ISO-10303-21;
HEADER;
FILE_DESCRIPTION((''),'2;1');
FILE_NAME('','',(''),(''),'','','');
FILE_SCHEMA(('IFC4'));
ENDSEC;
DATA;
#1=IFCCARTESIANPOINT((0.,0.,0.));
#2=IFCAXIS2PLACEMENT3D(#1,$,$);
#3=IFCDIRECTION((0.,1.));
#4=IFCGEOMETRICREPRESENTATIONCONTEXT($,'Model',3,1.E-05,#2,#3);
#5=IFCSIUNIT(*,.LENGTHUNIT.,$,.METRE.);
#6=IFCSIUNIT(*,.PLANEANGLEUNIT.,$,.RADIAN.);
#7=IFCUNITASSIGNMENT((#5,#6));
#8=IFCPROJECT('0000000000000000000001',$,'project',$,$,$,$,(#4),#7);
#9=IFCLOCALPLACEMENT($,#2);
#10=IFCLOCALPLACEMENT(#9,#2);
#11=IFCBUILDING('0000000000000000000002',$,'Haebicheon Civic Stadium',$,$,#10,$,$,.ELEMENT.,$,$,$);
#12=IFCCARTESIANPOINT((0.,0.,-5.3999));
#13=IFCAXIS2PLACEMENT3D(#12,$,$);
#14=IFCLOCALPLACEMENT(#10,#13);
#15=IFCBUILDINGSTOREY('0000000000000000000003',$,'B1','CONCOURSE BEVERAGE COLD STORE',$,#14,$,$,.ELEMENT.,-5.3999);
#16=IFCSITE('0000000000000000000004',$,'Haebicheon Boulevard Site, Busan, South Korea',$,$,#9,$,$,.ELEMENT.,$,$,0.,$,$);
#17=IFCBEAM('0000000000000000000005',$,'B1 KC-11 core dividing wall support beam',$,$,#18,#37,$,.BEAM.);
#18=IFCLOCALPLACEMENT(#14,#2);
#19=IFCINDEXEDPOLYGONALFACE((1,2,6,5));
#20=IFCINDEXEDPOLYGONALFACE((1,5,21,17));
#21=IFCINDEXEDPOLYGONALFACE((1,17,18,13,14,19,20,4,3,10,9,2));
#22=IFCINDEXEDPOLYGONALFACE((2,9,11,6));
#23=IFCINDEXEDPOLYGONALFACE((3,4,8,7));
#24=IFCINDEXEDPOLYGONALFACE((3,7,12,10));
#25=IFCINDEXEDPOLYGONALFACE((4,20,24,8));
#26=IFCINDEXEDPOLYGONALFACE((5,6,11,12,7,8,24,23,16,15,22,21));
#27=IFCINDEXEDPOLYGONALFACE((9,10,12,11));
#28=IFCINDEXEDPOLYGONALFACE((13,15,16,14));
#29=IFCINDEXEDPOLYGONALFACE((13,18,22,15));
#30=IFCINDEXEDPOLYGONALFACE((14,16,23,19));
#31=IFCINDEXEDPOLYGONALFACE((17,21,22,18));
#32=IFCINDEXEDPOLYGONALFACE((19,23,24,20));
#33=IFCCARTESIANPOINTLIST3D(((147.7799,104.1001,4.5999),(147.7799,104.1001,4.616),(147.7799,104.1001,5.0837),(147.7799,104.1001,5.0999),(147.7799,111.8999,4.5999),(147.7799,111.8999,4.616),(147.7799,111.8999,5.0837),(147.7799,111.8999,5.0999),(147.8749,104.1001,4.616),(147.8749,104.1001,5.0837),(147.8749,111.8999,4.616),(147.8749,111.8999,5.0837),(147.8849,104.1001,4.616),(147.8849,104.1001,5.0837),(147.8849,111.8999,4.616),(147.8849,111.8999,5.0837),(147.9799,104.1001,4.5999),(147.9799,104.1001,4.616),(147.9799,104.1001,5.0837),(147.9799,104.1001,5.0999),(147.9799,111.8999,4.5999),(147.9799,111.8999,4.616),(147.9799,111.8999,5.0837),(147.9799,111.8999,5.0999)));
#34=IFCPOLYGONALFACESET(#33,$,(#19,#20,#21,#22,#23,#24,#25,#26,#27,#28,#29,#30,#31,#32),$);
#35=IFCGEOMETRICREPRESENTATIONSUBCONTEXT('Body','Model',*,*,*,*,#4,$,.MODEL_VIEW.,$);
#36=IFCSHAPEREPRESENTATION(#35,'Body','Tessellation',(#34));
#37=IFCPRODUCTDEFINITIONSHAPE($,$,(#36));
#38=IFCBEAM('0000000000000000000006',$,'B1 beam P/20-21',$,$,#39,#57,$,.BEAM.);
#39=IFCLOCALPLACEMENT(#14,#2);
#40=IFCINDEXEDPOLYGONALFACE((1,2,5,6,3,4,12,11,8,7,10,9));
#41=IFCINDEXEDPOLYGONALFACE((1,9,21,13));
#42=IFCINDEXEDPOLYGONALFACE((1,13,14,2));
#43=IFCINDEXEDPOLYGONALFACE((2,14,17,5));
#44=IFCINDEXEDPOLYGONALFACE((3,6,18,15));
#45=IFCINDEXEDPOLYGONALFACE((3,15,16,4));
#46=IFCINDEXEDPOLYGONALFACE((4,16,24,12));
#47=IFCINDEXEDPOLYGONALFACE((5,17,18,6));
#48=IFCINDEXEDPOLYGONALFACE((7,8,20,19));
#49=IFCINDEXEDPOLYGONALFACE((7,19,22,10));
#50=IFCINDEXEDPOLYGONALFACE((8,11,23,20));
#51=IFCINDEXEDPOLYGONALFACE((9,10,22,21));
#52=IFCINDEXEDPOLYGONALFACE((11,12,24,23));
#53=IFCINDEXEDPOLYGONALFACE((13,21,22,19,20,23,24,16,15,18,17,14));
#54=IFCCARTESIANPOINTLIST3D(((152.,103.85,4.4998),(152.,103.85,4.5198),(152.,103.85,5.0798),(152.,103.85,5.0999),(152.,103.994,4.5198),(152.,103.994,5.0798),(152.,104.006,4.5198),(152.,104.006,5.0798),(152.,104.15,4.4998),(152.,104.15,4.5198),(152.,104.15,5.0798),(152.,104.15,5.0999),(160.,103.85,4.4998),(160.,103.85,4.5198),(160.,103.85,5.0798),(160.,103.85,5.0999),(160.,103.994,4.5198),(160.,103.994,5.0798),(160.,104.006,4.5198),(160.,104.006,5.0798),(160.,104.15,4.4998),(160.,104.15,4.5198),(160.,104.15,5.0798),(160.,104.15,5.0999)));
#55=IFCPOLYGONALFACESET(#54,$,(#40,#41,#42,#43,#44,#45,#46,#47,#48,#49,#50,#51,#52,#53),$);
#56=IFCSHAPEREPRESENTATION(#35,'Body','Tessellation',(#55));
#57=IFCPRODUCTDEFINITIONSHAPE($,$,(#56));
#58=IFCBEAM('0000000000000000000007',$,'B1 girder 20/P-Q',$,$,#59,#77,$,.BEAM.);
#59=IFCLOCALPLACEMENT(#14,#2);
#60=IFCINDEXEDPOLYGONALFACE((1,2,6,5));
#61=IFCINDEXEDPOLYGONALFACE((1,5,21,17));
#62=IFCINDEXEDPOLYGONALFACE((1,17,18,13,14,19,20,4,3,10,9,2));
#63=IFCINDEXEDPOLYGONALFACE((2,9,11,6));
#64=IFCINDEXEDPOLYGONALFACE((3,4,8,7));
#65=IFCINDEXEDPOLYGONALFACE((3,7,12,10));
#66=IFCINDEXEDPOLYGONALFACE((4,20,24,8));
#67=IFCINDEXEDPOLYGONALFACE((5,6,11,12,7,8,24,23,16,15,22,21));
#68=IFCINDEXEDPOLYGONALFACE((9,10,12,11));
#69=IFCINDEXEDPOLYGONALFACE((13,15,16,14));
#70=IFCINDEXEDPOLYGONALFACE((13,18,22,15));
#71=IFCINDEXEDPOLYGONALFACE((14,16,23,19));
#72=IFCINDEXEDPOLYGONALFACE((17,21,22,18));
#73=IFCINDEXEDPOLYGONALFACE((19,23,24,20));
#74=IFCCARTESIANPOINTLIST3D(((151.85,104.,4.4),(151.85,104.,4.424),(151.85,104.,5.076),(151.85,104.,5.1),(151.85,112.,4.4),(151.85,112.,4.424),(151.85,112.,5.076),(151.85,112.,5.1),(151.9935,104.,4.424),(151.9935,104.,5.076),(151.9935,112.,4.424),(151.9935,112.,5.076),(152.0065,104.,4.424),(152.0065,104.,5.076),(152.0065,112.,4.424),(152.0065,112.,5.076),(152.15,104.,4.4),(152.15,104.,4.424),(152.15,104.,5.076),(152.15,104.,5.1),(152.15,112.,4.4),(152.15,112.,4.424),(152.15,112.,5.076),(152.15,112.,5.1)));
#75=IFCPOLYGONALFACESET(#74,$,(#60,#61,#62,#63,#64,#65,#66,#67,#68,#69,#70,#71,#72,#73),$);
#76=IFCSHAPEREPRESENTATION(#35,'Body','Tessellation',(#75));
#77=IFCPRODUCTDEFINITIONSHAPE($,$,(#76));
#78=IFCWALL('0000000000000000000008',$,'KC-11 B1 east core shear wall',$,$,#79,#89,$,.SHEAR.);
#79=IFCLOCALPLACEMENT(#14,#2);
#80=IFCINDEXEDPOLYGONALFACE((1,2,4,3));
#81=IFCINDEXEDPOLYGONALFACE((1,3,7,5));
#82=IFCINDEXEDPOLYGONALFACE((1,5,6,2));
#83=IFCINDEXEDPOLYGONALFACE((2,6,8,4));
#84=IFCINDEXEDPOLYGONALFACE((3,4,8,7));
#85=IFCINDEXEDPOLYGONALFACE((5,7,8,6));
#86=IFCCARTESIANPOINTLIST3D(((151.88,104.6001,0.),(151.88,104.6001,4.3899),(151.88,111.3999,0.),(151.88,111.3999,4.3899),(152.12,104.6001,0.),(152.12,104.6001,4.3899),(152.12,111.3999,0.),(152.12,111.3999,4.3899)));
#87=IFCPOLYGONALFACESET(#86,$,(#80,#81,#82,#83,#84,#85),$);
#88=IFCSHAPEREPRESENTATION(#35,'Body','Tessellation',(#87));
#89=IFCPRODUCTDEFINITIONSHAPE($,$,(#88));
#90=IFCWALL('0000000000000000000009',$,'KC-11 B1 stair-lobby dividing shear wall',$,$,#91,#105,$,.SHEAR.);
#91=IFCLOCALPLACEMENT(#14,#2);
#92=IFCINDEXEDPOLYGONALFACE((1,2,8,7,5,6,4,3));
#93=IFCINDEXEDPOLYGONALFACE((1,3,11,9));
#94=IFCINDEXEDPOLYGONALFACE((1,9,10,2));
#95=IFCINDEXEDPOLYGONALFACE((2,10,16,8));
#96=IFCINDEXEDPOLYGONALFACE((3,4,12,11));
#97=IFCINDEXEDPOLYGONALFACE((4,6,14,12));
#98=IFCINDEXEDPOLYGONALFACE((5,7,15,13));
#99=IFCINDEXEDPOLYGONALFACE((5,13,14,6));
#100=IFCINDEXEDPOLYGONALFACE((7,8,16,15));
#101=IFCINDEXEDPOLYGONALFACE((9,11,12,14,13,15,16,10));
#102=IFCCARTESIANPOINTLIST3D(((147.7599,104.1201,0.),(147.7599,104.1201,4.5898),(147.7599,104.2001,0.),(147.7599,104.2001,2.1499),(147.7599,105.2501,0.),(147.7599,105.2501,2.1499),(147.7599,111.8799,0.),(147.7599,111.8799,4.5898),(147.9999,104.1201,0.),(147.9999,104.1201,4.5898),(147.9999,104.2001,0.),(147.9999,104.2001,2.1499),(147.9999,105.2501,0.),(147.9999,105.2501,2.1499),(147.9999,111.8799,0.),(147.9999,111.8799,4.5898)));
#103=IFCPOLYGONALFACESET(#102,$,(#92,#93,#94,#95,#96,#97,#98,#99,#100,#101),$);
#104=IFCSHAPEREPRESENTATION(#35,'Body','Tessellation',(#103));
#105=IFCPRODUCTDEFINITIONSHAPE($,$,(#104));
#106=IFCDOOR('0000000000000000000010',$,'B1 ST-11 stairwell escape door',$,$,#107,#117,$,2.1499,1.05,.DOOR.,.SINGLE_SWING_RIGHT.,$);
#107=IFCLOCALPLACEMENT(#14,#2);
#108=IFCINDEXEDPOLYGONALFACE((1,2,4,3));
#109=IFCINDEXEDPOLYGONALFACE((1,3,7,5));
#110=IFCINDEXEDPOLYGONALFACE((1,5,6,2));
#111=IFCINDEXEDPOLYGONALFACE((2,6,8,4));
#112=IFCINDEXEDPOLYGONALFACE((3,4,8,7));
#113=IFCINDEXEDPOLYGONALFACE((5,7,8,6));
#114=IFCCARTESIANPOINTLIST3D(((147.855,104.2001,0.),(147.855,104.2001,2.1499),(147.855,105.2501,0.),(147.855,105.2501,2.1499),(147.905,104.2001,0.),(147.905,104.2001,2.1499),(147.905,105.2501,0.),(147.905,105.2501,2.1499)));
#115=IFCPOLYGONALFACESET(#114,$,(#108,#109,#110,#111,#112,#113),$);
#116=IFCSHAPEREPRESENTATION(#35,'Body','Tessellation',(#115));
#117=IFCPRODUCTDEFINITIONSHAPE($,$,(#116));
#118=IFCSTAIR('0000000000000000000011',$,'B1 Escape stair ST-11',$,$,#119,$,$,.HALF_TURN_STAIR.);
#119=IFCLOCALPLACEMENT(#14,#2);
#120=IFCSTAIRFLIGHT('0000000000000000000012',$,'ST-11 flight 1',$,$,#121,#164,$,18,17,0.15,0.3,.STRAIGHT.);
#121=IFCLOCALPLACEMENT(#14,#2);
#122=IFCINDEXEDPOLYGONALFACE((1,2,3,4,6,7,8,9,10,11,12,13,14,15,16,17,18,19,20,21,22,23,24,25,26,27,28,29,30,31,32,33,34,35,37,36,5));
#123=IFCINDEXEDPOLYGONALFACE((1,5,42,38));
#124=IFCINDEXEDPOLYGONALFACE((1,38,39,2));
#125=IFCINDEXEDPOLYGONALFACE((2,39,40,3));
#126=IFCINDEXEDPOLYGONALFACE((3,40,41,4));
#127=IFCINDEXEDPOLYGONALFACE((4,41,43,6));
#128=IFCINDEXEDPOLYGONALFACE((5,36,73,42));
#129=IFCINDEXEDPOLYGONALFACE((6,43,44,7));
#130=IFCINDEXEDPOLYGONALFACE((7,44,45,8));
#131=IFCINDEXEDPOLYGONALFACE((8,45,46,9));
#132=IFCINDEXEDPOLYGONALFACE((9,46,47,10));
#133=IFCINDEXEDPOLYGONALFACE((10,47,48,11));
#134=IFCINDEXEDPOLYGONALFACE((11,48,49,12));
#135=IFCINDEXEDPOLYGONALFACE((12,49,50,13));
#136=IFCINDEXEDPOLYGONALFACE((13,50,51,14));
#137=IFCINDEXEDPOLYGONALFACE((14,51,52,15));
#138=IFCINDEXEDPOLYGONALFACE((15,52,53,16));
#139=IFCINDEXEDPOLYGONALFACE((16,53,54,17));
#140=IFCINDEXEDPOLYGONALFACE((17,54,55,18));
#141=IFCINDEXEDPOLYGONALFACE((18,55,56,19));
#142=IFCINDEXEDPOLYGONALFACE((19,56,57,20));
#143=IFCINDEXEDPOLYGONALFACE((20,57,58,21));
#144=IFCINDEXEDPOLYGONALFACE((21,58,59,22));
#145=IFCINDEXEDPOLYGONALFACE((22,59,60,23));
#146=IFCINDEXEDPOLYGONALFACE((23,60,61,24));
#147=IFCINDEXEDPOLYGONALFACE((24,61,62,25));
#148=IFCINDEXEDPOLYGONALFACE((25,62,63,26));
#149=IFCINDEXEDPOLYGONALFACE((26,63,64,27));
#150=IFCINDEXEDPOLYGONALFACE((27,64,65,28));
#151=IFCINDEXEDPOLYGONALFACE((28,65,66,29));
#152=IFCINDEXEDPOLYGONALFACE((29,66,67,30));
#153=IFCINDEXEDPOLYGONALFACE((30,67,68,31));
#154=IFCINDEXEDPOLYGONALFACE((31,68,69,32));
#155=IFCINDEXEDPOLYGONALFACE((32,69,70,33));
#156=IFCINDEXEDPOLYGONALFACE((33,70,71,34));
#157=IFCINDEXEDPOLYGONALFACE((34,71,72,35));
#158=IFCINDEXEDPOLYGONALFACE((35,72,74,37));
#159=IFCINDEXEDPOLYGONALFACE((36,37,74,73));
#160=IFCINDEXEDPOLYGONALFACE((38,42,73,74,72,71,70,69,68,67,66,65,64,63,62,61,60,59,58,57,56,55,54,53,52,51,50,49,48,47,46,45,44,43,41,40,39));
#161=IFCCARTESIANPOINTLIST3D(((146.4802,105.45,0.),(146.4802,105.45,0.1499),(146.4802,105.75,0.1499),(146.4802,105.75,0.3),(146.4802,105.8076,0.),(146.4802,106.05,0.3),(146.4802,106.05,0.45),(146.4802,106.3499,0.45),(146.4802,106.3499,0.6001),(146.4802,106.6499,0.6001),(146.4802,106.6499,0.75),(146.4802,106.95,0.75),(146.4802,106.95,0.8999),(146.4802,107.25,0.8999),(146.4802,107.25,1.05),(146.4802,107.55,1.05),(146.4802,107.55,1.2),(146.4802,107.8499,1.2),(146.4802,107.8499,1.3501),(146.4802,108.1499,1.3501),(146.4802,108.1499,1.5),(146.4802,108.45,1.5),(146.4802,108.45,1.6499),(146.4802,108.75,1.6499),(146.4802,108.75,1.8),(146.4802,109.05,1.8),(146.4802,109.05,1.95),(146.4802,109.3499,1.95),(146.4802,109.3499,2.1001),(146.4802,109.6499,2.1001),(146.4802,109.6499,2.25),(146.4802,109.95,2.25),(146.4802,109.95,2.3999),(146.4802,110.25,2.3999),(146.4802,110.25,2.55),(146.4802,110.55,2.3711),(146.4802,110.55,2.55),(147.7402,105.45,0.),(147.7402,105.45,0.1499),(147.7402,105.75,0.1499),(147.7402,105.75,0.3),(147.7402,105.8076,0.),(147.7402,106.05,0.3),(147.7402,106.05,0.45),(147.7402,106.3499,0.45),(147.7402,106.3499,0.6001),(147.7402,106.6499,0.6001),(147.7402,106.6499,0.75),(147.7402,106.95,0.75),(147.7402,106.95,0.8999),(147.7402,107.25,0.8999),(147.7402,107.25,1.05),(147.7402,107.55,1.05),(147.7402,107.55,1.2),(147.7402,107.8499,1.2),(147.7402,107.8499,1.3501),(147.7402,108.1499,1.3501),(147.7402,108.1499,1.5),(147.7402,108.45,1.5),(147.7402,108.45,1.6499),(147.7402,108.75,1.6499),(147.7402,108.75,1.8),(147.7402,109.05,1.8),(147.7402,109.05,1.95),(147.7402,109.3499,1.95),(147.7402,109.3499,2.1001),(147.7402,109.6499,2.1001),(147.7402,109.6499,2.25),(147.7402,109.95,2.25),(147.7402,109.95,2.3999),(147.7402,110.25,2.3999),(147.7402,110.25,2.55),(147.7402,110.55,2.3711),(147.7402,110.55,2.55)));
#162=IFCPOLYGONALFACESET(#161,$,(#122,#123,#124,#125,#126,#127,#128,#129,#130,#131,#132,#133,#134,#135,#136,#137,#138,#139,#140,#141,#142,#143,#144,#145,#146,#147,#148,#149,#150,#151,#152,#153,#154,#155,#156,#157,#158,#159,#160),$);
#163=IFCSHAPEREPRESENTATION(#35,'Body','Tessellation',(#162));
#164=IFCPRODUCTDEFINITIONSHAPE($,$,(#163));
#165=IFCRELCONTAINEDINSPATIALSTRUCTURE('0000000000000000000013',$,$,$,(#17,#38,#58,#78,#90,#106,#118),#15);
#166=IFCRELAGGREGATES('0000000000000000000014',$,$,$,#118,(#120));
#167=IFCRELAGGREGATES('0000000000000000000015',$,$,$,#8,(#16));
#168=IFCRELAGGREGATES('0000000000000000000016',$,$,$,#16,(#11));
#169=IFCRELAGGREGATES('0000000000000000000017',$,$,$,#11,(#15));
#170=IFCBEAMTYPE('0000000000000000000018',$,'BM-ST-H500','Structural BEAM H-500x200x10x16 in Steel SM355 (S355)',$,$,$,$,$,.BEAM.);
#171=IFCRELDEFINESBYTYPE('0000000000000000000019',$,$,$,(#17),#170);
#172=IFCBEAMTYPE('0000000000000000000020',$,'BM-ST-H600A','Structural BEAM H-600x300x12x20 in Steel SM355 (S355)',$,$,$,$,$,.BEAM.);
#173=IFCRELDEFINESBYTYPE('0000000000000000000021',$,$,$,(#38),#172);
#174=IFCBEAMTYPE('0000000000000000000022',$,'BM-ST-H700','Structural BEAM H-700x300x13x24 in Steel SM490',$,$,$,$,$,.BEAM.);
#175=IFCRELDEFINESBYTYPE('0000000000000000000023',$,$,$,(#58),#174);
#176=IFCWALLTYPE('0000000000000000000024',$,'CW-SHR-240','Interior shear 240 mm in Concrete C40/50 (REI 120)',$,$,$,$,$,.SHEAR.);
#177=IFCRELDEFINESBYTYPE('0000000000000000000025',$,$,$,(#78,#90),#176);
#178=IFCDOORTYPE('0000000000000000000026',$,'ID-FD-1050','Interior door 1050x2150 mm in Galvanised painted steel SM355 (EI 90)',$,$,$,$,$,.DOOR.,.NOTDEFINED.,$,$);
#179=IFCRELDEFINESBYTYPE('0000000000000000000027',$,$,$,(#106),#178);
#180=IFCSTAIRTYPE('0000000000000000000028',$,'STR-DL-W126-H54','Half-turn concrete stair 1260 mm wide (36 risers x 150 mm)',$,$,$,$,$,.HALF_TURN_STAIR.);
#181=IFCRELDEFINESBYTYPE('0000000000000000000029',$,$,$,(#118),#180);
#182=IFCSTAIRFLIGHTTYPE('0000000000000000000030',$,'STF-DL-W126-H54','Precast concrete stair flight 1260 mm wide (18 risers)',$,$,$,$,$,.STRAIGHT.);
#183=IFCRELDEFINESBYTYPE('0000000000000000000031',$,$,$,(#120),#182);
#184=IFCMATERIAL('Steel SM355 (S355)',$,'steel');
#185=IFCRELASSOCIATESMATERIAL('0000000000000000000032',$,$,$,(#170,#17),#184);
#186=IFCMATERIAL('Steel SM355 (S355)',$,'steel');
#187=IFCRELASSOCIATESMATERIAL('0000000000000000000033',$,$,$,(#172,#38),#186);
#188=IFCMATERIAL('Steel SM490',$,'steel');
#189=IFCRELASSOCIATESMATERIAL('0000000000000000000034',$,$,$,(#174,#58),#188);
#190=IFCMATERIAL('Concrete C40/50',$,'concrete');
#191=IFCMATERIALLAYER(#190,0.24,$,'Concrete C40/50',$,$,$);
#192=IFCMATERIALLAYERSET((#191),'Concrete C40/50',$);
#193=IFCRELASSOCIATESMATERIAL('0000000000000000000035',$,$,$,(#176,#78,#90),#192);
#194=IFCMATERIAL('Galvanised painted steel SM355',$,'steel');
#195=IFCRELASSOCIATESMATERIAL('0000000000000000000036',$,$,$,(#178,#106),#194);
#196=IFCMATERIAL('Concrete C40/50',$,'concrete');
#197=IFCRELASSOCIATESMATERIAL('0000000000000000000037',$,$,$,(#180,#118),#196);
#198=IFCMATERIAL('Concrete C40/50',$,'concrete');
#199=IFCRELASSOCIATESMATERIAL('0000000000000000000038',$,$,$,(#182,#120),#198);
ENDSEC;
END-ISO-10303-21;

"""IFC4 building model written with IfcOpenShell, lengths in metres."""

from ifc_helpers import new_model, si_unit, direction, frame, frame_2d, origin, origin_2d, place, context, subcontext, project, spatial, polyline, rectangle, i_section, outline, extrude, material, layer, layer_set, material_profile, profile_set, type_object, element, fill, aggregate, save


model = new_model("IFC4")

# Units and contexts
model_context = context("Model", 3, precision=1e-05, world=origin(), true_north=direction((0.0, 1.0)))
body_context = subcontext(model_context, "Body", "Model", "MODEL_VIEW")
ifc_project = project(units=[si_unit("LENGTHUNIT", "METRE"), si_unit("PLANEANGLEUNIT", "RADIAN")], contexts=[model_context])

# Site, building, storey
site_placement = place(None, origin())
site = spatial("IfcSite", under=ifc_project, at=site_placement, Name="Haebicheon Boulevard Site, Busan, South Korea", CompositionType="ELEMENT", RefElevation=0.0)
building_placement = place(site_placement, origin())
building = spatial("IfcBuilding", under=site, at=building_placement, Name="Haebicheon Civic Stadium", CompositionType="ELEMENT")
storey_placement = place(building_placement, frame((0.0, 0.0, -5.3999)))
storey = spatial("IfcBuildingStorey", under=building, at=storey_placement, Name="B1", Description="CONCOURSE BEVERAGE COLD STORE", CompositionType="ELEMENT", Elevation=-5.3999)

# Beams
ifc_material_1 = material(Name="Steel SM355 (S355)", Category="steel")
ifc_material_profile_1 = material_profile(ifc_material_1, i_section(OverallWidth=0.2, OverallDepth=0.5, WebThickness=0.01, FlangeThickness=0.0161, at=origin_2d()), Name="H-500x200x10x16")
ifc_profile_set_1 = profile_set([ifc_material_profile_1], Name="Steel SM355 (S355)")
beam_type_1 = type_object("IfcBeamType", Name="BM-ST-H500", Description="Structural BEAM H-500x200x10x16 in Steel SM355 (S355)", PredefinedType="BEAM", material=ifc_profile_set_1)
beam_1_placement = place(storey_placement, frame((147.8799, 104.1001, 4.8499), z_axis=(0.0, 1.0, 0.0), x_axis=(-1.0, 0.0, 0.0)))
element("IfcBeam", 1, at=beam_1_placement, inside=storey, type_object=beam_type_1, material=ifc_profile_set_1, Name="B1 KC-11 core dividing wall support beam", PredefinedType="BEAM", context=body_context, shape_type="SweptSolid", body=[
    extrude(i_section(OverallWidth=0.2, OverallDepth=0.5, WebThickness=0.01, FlangeThickness=0.0161, at=origin_2d()), origin(), (0.0, 0.0, 1.0), 7.7998),
])
ifc_material_2 = material(Name="Steel SM355 (S355)", Category="steel")
ifc_material_profile_2 = material_profile(ifc_material_2, i_section(OverallWidth=0.3, OverallDepth=0.6001, WebThickness=0.012, FlangeThickness=0.02, at=origin_2d()), Name="H-600x300x12x20")
ifc_profile_set_2 = profile_set([ifc_material_profile_2], Name="Steel SM355 (S355)")
beam_type_2 = type_object("IfcBeamType", Name="BM-ST-H600A", Description="Structural BEAM H-600x300x12x20 in Steel SM355 (S355)", PredefinedType="BEAM", material=ifc_profile_set_2)
beam_2_placement = place(storey_placement, frame((152.0, 104.0, 4.7998), z_axis=(1.0, 0.0, 0.0), x_axis=(0.0, 1.0, 0.0)))
element("IfcBeam", 2, at=beam_2_placement, inside=storey, type_object=beam_type_2, material=ifc_profile_set_2, Name="B1 beam P/20-21", PredefinedType="BEAM", context=body_context, shape_type="SweptSolid", body=[
    extrude(i_section(OverallWidth=0.3, OverallDepth=0.6001, WebThickness=0.012, FlangeThickness=0.02, at=origin_2d()), origin(), (0.0, 0.0, 1.0), 8.0),
])
ifc_material_3 = material(Name="Steel SM490", Category="steel")
ifc_material_profile_3 = material_profile(ifc_material_3, i_section(OverallWidth=0.3, OverallDepth=0.7, WebThickness=0.0129, FlangeThickness=0.0239, at=origin_2d()), Name="H-700x300x13x24")
ifc_profile_set_3 = profile_set([ifc_material_profile_3], Name="Steel SM490")
beam_type_3 = type_object("IfcBeamType", Name="BM-ST-H700", Description="Structural BEAM H-700x300x13x24 in Steel SM490", PredefinedType="BEAM", material=ifc_profile_set_3)
beam_3_placement = place(storey_placement, frame((152.0, 104.0, 4.75), z_axis=(0.0, 1.0, 0.0), x_axis=(-1.0, 0.0, 0.0)))
element("IfcBeam", 3, at=beam_3_placement, inside=storey, type_object=beam_type_3, material=ifc_profile_set_3, Name="B1 girder 20/P-Q", PredefinedType="BEAM", context=body_context, shape_type="SweptSolid", body=[
    extrude(i_section(OverallWidth=0.3, OverallDepth=0.7, WebThickness=0.0129, FlangeThickness=0.0239, at=origin_2d()), origin(), (0.0, 0.0, 1.0), 8.0),
])

# Wall
ifc_material_4 = material(Name="Concrete C40/50", Category="concrete")
ifc_layer_1 = layer(ifc_material_4, 0.24, Name="Concrete C40/50")
ifc_layer_set_1 = layer_set([ifc_layer_1], Name="Concrete C40/50")
wall_type = type_object("IfcWallType", Name="CW-SHR-240", Description="Interior shear 240 mm in Concrete C40/50 (REI 120)", PredefinedType="SHEAR", material=ifc_layer_set_1)
wall_1_placement = place(storey_placement, frame((152.0, 104.6001, 0.0), z_axis=(0.0, 0.0, 1.0), x_axis=(0.0, 1.0, 0.0)))
element("IfcWall", 4, at=wall_1_placement, inside=storey, type_object=wall_type, material=ifc_layer_set_1, Name="KC-11 B1 east core shear wall", PredefinedType="SHEAR", context=body_context, shape_type="SweptSolid", body=[
    extrude(rectangle(XDim=6.7998, YDim=0.24, at=frame_2d((3.3999, 0.0))), origin(), (0.0, 0.0, 1.0), 4.3899),
])

# Wall, opening, door
wall_2_placement = place(storey_placement, frame((147.8799, 104.1201, 0.0), z_axis=(0.0, 0.0, 1.0), x_axis=(0.0, 1.0, 0.0)))
wall_2 = element("IfcWall", 5, at=wall_2_placement, inside=storey, type_object=wall_type, material=ifc_layer_set_1, Name="KC-11 B1 stair-lobby dividing shear wall", PredefinedType="SHEAR", context=body_context, shape_type="SweptSolid", body=[
    extrude(rectangle(XDim=7.7598, YDim=0.24, at=frame_2d((3.8799, 0.0))), origin(), (0.0, 0.0, 1.0), 4.5898),
])
opening_1_placement = place(wall_2_placement, frame((0.0801, 0.0, 0.0)))
opening_1 = element("IfcOpeningElement", 6, at=opening_1_placement, cuts=wall_2, PredefinedType="OPENING", context=body_context, shape_type="SweptSolid", body=[
    extrude(rectangle(XDim=1.05, YDim=2.1499, at=frame_2d((0.5249, 1.075))), frame((0.0, 0.1299, 0.0), z_axis=(0.0, -1.0, 0.0), x_axis=(1.0, 0.0, 0.0)), (0.0, 0.0, 1.0), 0.26),
])
ifc_material_5 = material(Name="Galvanised painted steel SM355", Category="steel")
door_type_1 = type_object("IfcDoorType", Name="ID-FD-1050", Description="Interior door 1050x2150 mm in Galvanised painted steel SM355 (EI 90)", OperationType="NOTDEFINED", PredefinedType="DOOR", material=ifc_material_5)
door_1_placement = place(opening_1_placement, origin())
door_1 = element("IfcDoor", 7, at=door_1_placement, inside=storey, type_object=door_type_1, material=ifc_material_5, Name="B1 ST-11 stairwell escape door", OperationType="SINGLE_SWING_RIGHT", OverallHeight=2.1499, OverallWidth=1.05, PredefinedType="DOOR", context=body_context, shape_type="SweptSolid", body=[
    extrude(rectangle(XDim=1.05, YDim=2.1499, at=frame_2d((0.5249, 1.075))), frame((0.0, 0.0249, 0.0), z_axis=(0.0, -1.0, 0.0), x_axis=(1.0, 0.0, 0.0)), (0.0, 0.0, 1.0), 0.05),
])
fill(opening_1, door_1)

# Stair, stair flight
ifc_material_6 = material(Name="Concrete C40/50", Category="concrete")
stair_type = type_object("IfcStairType", Name="STR-DL-W126-H54", Description="Half-turn concrete stair 1260 mm wide (36 risers x 150 mm)", PredefinedType="HALF_TURN_STAIR", material=ifc_material_6)
stair_placement = place(storey_placement, origin())
stair = element("IfcStair", 8, at=stair_placement, inside=storey, type_object=stair_type, material=ifc_material_6, Name="B1 Escape stair ST-11", PredefinedType="HALF_TURN_STAIR")
ifc_material_7 = material(Name="Concrete C40/50", Category="concrete")
stair_flight_type = type_object("IfcStairFlightType", Name="STF-DL-W126-H54", Description="Precast concrete stair flight 1260 mm wide (18 risers)", PredefinedType="STRAIGHT", material=ifc_material_7)
stair_flight_placement = place(storey_placement, frame((147.1101, 105.45, 0.0), z_axis=(0.0, 0.0, 1.0), x_axis=(0.0, 1.0, 0.0)))
stair_flight = element("IfcStairFlight", 9, at=stair_flight_placement, type_object=stair_flight_type, material=ifc_material_7, Name="ST-11 flight 1", NumberOfRisers=18, NumberOfTreads=17, PredefinedType="STRAIGHT", RiserHeight=0.15, TreadLength=0.3, context=body_context, shape_type="SweptSolid", body=[
    extrude(outline(polyline([(0.0, 0.0), (0.0, 0.1499), (0.3, 0.1499), (0.3, 0.3), (0.6001, 0.3), (0.6001, 0.45), (0.8999, 0.45), (0.8999, 0.6001), (1.2, 0.6001), (1.2, 0.75), (1.5, 0.75), (1.5, 0.8999), (1.8, 0.8999), (1.8, 1.05), (2.1001, 1.05), (2.1001, 1.2), (2.3999, 1.2), (2.3999, 1.3501), (2.7, 1.3501), (2.7, 1.5), (3.0, 1.5), (3.0, 1.6499), (3.3, 1.6499), (3.3, 1.8), (3.6001, 1.8), (3.6001, 1.95), (3.8999, 1.95), (3.8999, 2.1001), (4.2, 2.1001), (4.2, 2.25), (4.5, 2.25), (4.5, 2.3999), (4.8, 2.3999), (4.8, 2.55), (5.1001, 2.55), (5.1001, 2.7), (5.1001, 2.3711), (0.3577, 0.0), (0.0, 0.0)])), frame((0.0, 0.6299, 0.0), z_axis=(0.0, -1.0, 0.0), x_axis=(1.0, 0.0, 0.0)), (0.0, 0.0, 1.0), 1.26),
])
aggregate(stair, [stair_flight])

save(model, "model.ifc")
